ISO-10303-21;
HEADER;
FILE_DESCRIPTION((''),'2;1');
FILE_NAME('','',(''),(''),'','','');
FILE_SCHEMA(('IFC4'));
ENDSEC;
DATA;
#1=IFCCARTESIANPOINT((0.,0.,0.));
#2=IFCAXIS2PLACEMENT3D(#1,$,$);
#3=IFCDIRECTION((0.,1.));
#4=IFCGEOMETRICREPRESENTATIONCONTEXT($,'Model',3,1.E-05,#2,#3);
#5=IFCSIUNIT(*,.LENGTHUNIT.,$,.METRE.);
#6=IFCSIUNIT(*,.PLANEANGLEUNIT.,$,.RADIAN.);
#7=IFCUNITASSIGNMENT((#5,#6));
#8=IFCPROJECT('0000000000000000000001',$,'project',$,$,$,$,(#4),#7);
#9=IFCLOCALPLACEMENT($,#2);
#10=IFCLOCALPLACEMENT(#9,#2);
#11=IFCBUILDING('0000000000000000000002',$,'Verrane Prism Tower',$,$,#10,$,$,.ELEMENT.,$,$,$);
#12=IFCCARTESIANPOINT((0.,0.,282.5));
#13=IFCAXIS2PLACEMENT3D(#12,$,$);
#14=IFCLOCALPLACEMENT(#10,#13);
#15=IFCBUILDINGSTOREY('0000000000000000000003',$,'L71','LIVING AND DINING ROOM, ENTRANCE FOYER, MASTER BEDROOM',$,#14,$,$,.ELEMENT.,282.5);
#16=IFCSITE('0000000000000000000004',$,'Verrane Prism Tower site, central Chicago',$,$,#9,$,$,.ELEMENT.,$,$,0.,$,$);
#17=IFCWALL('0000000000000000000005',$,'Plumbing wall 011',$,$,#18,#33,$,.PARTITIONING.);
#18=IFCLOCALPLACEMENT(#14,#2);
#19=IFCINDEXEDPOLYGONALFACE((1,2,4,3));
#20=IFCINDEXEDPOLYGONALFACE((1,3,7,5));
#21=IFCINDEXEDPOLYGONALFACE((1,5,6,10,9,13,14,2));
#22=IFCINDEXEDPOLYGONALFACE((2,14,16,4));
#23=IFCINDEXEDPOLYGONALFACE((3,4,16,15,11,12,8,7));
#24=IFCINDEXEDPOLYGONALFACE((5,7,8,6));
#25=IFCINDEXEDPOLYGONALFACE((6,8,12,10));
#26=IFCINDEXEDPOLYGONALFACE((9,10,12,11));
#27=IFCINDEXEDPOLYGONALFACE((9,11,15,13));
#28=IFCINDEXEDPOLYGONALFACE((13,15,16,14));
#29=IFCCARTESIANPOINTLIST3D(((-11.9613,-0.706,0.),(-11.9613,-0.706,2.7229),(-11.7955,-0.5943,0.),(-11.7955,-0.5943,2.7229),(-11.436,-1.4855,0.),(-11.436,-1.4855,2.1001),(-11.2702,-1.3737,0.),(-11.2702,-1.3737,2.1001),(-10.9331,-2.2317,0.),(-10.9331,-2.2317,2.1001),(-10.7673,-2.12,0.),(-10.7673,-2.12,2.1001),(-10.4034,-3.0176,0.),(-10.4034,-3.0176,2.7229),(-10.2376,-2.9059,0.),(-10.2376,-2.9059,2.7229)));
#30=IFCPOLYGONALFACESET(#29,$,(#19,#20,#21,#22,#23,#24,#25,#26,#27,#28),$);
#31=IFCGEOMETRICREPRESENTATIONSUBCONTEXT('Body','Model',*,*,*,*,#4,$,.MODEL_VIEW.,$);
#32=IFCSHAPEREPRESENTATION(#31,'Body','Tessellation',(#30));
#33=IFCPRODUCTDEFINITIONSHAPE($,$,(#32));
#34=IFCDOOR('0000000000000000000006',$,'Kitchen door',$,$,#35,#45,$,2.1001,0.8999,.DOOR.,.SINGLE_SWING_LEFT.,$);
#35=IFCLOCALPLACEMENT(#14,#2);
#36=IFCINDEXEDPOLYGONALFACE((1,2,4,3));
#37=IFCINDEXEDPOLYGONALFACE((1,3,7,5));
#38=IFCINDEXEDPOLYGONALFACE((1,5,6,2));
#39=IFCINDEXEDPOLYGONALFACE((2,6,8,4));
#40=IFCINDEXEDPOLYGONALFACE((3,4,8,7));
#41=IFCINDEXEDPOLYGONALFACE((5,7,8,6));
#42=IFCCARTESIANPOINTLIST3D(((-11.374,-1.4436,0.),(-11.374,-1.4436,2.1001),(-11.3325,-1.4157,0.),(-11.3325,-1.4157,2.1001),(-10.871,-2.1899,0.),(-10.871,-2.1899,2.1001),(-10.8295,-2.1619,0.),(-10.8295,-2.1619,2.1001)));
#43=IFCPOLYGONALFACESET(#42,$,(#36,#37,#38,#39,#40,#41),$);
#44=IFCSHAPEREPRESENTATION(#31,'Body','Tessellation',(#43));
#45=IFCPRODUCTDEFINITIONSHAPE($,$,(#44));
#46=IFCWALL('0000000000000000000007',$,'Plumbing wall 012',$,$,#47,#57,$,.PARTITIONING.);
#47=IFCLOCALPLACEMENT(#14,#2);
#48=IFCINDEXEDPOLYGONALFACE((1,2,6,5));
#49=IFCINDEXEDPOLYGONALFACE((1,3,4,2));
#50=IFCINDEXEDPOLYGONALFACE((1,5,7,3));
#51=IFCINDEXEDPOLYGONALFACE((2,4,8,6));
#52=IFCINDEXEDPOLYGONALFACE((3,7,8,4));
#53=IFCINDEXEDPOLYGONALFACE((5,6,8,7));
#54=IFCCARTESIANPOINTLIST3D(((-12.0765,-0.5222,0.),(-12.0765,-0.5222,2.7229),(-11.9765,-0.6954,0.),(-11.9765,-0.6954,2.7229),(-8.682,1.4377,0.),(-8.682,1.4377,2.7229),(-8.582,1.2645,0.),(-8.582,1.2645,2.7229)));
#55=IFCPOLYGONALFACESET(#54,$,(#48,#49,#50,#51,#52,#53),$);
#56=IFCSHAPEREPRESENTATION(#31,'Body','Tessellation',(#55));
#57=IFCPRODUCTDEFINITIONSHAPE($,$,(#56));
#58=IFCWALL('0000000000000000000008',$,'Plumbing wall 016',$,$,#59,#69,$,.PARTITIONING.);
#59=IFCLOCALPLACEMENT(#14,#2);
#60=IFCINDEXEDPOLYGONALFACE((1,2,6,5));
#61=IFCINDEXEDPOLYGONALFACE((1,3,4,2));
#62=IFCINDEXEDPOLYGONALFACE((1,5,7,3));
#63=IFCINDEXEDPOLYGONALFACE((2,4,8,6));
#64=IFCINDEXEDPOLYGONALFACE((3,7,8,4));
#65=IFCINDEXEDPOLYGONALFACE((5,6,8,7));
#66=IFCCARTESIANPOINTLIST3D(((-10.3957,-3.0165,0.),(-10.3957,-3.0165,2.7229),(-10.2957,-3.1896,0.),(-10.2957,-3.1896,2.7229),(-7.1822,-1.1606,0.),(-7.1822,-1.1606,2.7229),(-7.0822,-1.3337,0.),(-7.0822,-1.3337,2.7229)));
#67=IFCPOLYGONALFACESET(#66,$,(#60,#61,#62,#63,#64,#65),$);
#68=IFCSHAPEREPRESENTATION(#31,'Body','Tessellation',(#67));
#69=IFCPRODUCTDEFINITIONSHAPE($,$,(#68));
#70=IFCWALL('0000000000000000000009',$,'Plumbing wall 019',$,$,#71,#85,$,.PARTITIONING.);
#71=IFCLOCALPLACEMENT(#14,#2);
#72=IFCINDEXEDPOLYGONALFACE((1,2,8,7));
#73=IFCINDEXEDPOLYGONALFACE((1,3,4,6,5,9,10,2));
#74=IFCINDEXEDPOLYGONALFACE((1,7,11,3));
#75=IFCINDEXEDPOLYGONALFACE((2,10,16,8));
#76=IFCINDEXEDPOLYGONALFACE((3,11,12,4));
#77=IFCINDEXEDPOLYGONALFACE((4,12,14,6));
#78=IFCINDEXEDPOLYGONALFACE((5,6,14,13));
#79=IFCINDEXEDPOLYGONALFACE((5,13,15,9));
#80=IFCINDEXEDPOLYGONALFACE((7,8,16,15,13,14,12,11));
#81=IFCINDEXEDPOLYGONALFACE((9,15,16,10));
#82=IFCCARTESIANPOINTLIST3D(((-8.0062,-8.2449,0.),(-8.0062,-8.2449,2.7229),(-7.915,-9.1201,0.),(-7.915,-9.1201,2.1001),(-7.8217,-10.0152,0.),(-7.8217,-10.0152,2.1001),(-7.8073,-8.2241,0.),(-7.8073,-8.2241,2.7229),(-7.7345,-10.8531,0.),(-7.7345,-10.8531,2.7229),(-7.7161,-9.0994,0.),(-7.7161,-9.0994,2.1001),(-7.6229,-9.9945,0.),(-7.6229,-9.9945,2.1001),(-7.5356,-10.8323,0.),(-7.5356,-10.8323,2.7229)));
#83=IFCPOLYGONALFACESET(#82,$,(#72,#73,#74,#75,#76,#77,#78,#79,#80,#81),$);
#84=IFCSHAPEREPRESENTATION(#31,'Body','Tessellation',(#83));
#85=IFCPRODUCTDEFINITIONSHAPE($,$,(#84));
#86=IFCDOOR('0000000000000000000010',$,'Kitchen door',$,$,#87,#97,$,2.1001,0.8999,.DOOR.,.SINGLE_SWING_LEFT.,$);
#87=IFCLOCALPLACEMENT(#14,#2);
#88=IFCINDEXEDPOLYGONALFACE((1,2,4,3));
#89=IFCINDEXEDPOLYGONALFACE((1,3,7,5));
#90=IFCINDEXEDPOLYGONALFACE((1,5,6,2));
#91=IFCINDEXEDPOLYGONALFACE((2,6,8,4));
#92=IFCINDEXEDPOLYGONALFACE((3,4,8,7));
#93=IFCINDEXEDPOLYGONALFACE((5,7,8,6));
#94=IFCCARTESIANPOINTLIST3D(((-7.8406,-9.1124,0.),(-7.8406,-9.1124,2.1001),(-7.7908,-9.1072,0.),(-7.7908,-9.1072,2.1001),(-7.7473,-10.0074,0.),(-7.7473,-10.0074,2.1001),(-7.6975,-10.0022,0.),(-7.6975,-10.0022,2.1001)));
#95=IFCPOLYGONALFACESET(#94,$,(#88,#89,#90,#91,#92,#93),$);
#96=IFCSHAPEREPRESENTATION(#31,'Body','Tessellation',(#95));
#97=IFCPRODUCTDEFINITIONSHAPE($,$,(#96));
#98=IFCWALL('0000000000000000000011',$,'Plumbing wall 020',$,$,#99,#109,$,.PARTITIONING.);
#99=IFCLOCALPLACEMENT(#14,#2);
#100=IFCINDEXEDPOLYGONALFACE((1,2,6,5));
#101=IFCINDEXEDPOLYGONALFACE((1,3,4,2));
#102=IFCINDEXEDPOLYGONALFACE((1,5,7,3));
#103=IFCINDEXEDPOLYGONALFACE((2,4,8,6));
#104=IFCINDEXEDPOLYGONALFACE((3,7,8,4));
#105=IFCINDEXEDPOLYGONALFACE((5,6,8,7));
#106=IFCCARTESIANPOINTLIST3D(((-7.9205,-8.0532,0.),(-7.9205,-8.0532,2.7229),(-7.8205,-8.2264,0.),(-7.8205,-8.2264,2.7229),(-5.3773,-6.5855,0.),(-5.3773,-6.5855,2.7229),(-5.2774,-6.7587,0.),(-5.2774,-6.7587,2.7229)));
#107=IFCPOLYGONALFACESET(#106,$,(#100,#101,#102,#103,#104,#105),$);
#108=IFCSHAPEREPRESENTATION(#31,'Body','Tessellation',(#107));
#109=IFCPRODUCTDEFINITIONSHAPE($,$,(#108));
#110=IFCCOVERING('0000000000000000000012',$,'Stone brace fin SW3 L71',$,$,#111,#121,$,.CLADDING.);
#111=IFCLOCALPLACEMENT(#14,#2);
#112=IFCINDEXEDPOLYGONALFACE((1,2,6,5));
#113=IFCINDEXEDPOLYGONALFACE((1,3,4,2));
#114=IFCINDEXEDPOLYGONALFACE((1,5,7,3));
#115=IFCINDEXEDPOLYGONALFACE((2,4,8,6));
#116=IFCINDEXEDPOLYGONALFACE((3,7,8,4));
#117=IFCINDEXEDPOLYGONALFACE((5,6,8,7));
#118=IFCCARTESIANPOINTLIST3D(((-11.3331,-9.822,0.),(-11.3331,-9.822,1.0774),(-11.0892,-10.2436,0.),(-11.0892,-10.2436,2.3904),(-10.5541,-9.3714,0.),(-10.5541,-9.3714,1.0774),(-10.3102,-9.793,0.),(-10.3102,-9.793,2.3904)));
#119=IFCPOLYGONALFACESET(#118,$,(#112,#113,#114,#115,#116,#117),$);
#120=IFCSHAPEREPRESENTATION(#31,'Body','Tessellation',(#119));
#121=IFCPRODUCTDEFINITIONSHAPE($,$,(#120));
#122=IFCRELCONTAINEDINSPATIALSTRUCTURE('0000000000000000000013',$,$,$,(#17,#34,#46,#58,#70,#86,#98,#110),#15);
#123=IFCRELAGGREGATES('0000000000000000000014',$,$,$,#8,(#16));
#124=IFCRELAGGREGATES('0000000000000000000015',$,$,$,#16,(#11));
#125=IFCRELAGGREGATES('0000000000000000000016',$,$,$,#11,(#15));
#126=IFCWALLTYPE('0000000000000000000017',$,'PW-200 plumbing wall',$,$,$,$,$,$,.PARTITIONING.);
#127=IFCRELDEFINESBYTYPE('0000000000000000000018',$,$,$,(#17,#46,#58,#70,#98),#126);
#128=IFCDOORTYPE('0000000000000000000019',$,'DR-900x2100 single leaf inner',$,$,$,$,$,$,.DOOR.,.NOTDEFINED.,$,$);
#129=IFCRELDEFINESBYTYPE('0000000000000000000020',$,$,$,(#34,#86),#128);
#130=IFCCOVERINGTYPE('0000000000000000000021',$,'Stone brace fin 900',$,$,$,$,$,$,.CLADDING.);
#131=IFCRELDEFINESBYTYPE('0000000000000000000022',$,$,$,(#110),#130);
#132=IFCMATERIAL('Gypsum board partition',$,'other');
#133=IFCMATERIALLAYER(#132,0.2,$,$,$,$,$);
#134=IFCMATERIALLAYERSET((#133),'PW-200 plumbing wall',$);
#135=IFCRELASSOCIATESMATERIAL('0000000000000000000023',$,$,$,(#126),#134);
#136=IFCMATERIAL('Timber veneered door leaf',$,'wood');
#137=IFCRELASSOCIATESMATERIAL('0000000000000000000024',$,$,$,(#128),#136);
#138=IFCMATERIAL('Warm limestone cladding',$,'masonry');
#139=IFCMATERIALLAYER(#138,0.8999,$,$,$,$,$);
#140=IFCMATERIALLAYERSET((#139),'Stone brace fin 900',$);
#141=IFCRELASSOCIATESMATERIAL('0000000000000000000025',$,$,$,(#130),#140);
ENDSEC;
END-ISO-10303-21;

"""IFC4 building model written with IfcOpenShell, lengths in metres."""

from ifc_helpers import new_model, si_unit, direction, frame, frame_2d, origin, place, context, subcontext, project, spatial, polyline, rectangle, outline, extrude, material, layer, layer_set, type_object, element, fill, save


model = new_model("IFC4")

# Units and contexts
model_context = context("Model", 3, precision=1e-05, world=origin(), true_north=direction((0.0, 1.0)))
body_context = subcontext(model_context, "Body", "Model", "MODEL_VIEW")
ifc_project = project(units=[si_unit("LENGTHUNIT", "METRE"), si_unit("PLANEANGLEUNIT", "RADIAN")], contexts=[model_context])

# Site, building, storey
site_placement = place(None, origin())
site = spatial("IfcSite", under=ifc_project, at=site_placement, Name="Verrane Prism Tower site, central Chicago", CompositionType="ELEMENT", RefElevation=0.0)
building_placement = place(site_placement, origin())
building = spatial("IfcBuilding", under=site, at=building_placement, Name="Verrane Prism Tower", CompositionType="ELEMENT")
storey_placement = place(building_placement, frame((0.0, 0.0, 282.5)))
storey = spatial("IfcBuildingStorey", under=building, at=storey_placement, Name="L71", Description="LIVING AND DINING ROOM, ENTRANCE FOYER, MASTER BEDROOM", CompositionType="ELEMENT", Elevation=282.5)

# Wall, opening, door
ifc_material_1 = material(Name="Gypsum board partition", Category="other")
ifc_layer_1 = layer(ifc_material_1, 0.2)
ifc_layer_set_1 = layer_set([ifc_layer_1], Name="PW-200 plumbing wall")
wall_type_1 = type_object("IfcWallType", Name="PW-200 plumbing wall", PredefinedType="PARTITIONING", material=ifc_layer_set_1)
wall_1_placement = place(storey_placement, frame((-11.8784, -0.6501, 0.0), z_axis=(0.0, 0.0, 1.0), x_axis=(0.558877, -0.829251, 0.0)))
wall_1 = element("IfcWall", 1, at=wall_1_placement, inside=storey, type_object=wall_type_1, Name="Plumbing wall 011", PredefinedType="PARTITIONING", context=body_context, shape_type="SweptSolid", body=[
    extrude(rectangle(XDim=2.7876, YDim=0.2, at=frame_2d((1.3938, 0.0))), origin(), (0.0, 0.0, 1.0), 2.7229),
])
opening_1_placement = place(wall_1_placement, frame((0.9399, 0.0, 0.0)))
opening_1 = element("IfcOpeningElement", 2, at=opening_1_placement, cuts=wall_1, PredefinedType="OPENING", context=body_context, shape_type="SweptSolid", body=[
    extrude(rectangle(XDim=0.8999, YDim=2.1001, at=frame_2d((0.45, 1.05))), frame((0.0, 0.1099, 0.0), z_axis=(0.0, -1.0, 0.0), x_axis=(1.0, 0.0, 0.0)), (0.0, 0.0, 1.0), 0.22),
])
ifc_material_2 = material(Name="Timber veneered door leaf", Category="wood")
door_type_1 = type_object("IfcDoorType", Name="DR-900x2100 single leaf inner", OperationType="NOTDEFINED", PredefinedType="DOOR", material=ifc_material_2)
door_1_placement = place(opening_1_placement, origin())
door_1 = element("IfcDoor", 3, at=door_1_placement, inside=storey, type_object=door_type_1, Name="Kitchen door", OperationType="SINGLE_SWING_LEFT", OverallHeight=2.1001, OverallWidth=0.8999, PredefinedType="DOOR", context=body_context, shape_type="SweptSolid", body=[
    extrude(rectangle(XDim=0.8999, YDim=2.1001, at=frame_2d((0.45, 1.05))), frame((0.0, 0.0249, 0.0), z_axis=(0.0, -1.0, 0.0), x_axis=(1.0, 0.0, 0.0)), (0.0, 0.0, 1.0), 0.05),
])
fill(opening_1, door_1)

# Walls
wall_2_placement = place(storey_placement, frame((-12.0266, -0.6089, 0.0), z_axis=(0.0, 0.0, 1.0), x_axis=(0.866011, 0.500024, 0.0)))
element("IfcWall", 4, at=wall_2_placement, inside=storey, type_object=wall_type_1, Name="Plumbing wall 012", PredefinedType="PARTITIONING", context=body_context, shape_type="SweptSolid", body=[
    extrude(rectangle(XDim=3.9197, YDim=0.2, at=frame_2d((1.96, 0.0))), origin(), (0.0, 0.0, 1.0), 2.7229),
])
wall_3_placement = place(storey_placement, frame((-10.3457, -3.103, 0.0), z_axis=(0.0, 0.0, 1.0), x_axis=(0.865959, 0.500115, 0.0)))
element("IfcWall", 5, at=wall_3_placement, inside=storey, type_object=wall_type_1, Name="Plumbing wall 016", PredefinedType="PARTITIONING", context=body_context, shape_type="SweptSolid", body=[
    extrude(rectangle(XDim=3.7109, YDim=0.2, at=frame_2d((1.8555, 0.0))), origin(), (0.0, 0.0, 1.0), 2.7229),
])

# Wall, opening, door
wall_4_placement = place(storey_placement, frame((-7.9067, -8.2346, 0.0), z_axis=(0.0, 0.0, 1.0), x_axis=(0.103623, -0.994617, 0.0)))
wall_4 = element("IfcWall", 6, at=wall_4_placement, inside=storey, type_object=wall_type_1, Name="Plumbing wall 019", PredefinedType="PARTITIONING", context=body_context, shape_type="SweptSolid", body=[
    extrude(rectangle(XDim=2.6223, YDim=0.2, at=frame_2d((1.311, 0.0))), origin(), (0.0, 0.0, 1.0), 2.7229),
])
opening_2_placement = place(wall_4_placement, frame((0.8799, 0.0, 0.0)))
opening_2 = element("IfcOpeningElement", 7, at=opening_2_placement, cuts=wall_4, PredefinedType="OPENING", context=body_context, shape_type="SweptSolid", body=[
    extrude(rectangle(XDim=0.8999, YDim=2.1001, at=frame_2d((0.45, 1.05))), frame((0.0, 0.1099, 0.0), z_axis=(0.0, -1.0, 0.0), x_axis=(1.0, 0.0, 0.0)), (0.0, 0.0, 1.0), 0.22),
])
door_2_placement = place(opening_2_placement, origin())
door_2 = element("IfcDoor", 8, at=door_2_placement, inside=storey, type_object=door_type_1, Name="Kitchen door", OperationType="SINGLE_SWING_LEFT", OverallHeight=2.1001, OverallWidth=0.8999, PredefinedType="DOOR", context=body_context, shape_type="SweptSolid", body=[
    extrude(rectangle(XDim=0.8999, YDim=2.1001, at=frame_2d((0.45, 1.05))), frame((0.0, 0.0249, 0.0), z_axis=(0.0, -1.0, 0.0), x_axis=(1.0, 0.0, 0.0)), (0.0, 0.0, 1.0), 0.05),
])
fill(opening_2, door_2)

# Wall
wall_5_placement = place(storey_placement, frame((-7.8706, -8.1399, 0.0), z_axis=(0.0, 0.0, 1.0), x_axis=(0.866107, 0.499859, 0.0)))
element("IfcWall", 9, at=wall_5_placement, inside=storey, type_object=wall_type_1, Name="Plumbing wall 020", PredefinedType="PARTITIONING", context=body_context, shape_type="SweptSolid", body=[
    extrude(rectangle(XDim=2.9363, YDim=0.2, at=frame_2d((1.4683, 0.0))), origin(), (0.0, 0.0, 1.0), 2.7229),
])

# Covering
ifc_material_3 = material(Name="Warm limestone cladding", Category="masonry")
ifc_layer_2 = layer(ifc_material_3, 0.8999)
ifc_layer_set_2 = layer_set([ifc_layer_2], Name="Stone brace fin 900")
covering_type = type_object("IfcCoveringType", Name="Stone brace fin 900", PredefinedType="CLADDING", material=ifc_layer_set_2)
covering_placement = place(storey_placement, frame((-10.9436, -9.5967, 0.0), z_axis=(0.0, 0.0, 1.0), x_axis=(0.50072, -0.865609, 0.0)))
element("IfcCovering", 10, at=covering_placement, inside=storey, type_object=covering_type, Name="Stone brace fin SW3 L71", PredefinedType="CLADDING", context=body_context, shape_type="SweptSolid", body=[
    extrude(outline(polyline([(0.0, 0.0), (0.4871, 0.0), (0.4871, 2.3904), (0.0, 1.0774), (0.0, 0.0)])), frame((0.0, 0.45, 0.0), z_axis=(0.0, -1.0, 0.0), x_axis=(1.0, 0.0, 0.0)), (0.0, 0.0, 1.0), 0.8999),
])

save(model, "model.ifc")
